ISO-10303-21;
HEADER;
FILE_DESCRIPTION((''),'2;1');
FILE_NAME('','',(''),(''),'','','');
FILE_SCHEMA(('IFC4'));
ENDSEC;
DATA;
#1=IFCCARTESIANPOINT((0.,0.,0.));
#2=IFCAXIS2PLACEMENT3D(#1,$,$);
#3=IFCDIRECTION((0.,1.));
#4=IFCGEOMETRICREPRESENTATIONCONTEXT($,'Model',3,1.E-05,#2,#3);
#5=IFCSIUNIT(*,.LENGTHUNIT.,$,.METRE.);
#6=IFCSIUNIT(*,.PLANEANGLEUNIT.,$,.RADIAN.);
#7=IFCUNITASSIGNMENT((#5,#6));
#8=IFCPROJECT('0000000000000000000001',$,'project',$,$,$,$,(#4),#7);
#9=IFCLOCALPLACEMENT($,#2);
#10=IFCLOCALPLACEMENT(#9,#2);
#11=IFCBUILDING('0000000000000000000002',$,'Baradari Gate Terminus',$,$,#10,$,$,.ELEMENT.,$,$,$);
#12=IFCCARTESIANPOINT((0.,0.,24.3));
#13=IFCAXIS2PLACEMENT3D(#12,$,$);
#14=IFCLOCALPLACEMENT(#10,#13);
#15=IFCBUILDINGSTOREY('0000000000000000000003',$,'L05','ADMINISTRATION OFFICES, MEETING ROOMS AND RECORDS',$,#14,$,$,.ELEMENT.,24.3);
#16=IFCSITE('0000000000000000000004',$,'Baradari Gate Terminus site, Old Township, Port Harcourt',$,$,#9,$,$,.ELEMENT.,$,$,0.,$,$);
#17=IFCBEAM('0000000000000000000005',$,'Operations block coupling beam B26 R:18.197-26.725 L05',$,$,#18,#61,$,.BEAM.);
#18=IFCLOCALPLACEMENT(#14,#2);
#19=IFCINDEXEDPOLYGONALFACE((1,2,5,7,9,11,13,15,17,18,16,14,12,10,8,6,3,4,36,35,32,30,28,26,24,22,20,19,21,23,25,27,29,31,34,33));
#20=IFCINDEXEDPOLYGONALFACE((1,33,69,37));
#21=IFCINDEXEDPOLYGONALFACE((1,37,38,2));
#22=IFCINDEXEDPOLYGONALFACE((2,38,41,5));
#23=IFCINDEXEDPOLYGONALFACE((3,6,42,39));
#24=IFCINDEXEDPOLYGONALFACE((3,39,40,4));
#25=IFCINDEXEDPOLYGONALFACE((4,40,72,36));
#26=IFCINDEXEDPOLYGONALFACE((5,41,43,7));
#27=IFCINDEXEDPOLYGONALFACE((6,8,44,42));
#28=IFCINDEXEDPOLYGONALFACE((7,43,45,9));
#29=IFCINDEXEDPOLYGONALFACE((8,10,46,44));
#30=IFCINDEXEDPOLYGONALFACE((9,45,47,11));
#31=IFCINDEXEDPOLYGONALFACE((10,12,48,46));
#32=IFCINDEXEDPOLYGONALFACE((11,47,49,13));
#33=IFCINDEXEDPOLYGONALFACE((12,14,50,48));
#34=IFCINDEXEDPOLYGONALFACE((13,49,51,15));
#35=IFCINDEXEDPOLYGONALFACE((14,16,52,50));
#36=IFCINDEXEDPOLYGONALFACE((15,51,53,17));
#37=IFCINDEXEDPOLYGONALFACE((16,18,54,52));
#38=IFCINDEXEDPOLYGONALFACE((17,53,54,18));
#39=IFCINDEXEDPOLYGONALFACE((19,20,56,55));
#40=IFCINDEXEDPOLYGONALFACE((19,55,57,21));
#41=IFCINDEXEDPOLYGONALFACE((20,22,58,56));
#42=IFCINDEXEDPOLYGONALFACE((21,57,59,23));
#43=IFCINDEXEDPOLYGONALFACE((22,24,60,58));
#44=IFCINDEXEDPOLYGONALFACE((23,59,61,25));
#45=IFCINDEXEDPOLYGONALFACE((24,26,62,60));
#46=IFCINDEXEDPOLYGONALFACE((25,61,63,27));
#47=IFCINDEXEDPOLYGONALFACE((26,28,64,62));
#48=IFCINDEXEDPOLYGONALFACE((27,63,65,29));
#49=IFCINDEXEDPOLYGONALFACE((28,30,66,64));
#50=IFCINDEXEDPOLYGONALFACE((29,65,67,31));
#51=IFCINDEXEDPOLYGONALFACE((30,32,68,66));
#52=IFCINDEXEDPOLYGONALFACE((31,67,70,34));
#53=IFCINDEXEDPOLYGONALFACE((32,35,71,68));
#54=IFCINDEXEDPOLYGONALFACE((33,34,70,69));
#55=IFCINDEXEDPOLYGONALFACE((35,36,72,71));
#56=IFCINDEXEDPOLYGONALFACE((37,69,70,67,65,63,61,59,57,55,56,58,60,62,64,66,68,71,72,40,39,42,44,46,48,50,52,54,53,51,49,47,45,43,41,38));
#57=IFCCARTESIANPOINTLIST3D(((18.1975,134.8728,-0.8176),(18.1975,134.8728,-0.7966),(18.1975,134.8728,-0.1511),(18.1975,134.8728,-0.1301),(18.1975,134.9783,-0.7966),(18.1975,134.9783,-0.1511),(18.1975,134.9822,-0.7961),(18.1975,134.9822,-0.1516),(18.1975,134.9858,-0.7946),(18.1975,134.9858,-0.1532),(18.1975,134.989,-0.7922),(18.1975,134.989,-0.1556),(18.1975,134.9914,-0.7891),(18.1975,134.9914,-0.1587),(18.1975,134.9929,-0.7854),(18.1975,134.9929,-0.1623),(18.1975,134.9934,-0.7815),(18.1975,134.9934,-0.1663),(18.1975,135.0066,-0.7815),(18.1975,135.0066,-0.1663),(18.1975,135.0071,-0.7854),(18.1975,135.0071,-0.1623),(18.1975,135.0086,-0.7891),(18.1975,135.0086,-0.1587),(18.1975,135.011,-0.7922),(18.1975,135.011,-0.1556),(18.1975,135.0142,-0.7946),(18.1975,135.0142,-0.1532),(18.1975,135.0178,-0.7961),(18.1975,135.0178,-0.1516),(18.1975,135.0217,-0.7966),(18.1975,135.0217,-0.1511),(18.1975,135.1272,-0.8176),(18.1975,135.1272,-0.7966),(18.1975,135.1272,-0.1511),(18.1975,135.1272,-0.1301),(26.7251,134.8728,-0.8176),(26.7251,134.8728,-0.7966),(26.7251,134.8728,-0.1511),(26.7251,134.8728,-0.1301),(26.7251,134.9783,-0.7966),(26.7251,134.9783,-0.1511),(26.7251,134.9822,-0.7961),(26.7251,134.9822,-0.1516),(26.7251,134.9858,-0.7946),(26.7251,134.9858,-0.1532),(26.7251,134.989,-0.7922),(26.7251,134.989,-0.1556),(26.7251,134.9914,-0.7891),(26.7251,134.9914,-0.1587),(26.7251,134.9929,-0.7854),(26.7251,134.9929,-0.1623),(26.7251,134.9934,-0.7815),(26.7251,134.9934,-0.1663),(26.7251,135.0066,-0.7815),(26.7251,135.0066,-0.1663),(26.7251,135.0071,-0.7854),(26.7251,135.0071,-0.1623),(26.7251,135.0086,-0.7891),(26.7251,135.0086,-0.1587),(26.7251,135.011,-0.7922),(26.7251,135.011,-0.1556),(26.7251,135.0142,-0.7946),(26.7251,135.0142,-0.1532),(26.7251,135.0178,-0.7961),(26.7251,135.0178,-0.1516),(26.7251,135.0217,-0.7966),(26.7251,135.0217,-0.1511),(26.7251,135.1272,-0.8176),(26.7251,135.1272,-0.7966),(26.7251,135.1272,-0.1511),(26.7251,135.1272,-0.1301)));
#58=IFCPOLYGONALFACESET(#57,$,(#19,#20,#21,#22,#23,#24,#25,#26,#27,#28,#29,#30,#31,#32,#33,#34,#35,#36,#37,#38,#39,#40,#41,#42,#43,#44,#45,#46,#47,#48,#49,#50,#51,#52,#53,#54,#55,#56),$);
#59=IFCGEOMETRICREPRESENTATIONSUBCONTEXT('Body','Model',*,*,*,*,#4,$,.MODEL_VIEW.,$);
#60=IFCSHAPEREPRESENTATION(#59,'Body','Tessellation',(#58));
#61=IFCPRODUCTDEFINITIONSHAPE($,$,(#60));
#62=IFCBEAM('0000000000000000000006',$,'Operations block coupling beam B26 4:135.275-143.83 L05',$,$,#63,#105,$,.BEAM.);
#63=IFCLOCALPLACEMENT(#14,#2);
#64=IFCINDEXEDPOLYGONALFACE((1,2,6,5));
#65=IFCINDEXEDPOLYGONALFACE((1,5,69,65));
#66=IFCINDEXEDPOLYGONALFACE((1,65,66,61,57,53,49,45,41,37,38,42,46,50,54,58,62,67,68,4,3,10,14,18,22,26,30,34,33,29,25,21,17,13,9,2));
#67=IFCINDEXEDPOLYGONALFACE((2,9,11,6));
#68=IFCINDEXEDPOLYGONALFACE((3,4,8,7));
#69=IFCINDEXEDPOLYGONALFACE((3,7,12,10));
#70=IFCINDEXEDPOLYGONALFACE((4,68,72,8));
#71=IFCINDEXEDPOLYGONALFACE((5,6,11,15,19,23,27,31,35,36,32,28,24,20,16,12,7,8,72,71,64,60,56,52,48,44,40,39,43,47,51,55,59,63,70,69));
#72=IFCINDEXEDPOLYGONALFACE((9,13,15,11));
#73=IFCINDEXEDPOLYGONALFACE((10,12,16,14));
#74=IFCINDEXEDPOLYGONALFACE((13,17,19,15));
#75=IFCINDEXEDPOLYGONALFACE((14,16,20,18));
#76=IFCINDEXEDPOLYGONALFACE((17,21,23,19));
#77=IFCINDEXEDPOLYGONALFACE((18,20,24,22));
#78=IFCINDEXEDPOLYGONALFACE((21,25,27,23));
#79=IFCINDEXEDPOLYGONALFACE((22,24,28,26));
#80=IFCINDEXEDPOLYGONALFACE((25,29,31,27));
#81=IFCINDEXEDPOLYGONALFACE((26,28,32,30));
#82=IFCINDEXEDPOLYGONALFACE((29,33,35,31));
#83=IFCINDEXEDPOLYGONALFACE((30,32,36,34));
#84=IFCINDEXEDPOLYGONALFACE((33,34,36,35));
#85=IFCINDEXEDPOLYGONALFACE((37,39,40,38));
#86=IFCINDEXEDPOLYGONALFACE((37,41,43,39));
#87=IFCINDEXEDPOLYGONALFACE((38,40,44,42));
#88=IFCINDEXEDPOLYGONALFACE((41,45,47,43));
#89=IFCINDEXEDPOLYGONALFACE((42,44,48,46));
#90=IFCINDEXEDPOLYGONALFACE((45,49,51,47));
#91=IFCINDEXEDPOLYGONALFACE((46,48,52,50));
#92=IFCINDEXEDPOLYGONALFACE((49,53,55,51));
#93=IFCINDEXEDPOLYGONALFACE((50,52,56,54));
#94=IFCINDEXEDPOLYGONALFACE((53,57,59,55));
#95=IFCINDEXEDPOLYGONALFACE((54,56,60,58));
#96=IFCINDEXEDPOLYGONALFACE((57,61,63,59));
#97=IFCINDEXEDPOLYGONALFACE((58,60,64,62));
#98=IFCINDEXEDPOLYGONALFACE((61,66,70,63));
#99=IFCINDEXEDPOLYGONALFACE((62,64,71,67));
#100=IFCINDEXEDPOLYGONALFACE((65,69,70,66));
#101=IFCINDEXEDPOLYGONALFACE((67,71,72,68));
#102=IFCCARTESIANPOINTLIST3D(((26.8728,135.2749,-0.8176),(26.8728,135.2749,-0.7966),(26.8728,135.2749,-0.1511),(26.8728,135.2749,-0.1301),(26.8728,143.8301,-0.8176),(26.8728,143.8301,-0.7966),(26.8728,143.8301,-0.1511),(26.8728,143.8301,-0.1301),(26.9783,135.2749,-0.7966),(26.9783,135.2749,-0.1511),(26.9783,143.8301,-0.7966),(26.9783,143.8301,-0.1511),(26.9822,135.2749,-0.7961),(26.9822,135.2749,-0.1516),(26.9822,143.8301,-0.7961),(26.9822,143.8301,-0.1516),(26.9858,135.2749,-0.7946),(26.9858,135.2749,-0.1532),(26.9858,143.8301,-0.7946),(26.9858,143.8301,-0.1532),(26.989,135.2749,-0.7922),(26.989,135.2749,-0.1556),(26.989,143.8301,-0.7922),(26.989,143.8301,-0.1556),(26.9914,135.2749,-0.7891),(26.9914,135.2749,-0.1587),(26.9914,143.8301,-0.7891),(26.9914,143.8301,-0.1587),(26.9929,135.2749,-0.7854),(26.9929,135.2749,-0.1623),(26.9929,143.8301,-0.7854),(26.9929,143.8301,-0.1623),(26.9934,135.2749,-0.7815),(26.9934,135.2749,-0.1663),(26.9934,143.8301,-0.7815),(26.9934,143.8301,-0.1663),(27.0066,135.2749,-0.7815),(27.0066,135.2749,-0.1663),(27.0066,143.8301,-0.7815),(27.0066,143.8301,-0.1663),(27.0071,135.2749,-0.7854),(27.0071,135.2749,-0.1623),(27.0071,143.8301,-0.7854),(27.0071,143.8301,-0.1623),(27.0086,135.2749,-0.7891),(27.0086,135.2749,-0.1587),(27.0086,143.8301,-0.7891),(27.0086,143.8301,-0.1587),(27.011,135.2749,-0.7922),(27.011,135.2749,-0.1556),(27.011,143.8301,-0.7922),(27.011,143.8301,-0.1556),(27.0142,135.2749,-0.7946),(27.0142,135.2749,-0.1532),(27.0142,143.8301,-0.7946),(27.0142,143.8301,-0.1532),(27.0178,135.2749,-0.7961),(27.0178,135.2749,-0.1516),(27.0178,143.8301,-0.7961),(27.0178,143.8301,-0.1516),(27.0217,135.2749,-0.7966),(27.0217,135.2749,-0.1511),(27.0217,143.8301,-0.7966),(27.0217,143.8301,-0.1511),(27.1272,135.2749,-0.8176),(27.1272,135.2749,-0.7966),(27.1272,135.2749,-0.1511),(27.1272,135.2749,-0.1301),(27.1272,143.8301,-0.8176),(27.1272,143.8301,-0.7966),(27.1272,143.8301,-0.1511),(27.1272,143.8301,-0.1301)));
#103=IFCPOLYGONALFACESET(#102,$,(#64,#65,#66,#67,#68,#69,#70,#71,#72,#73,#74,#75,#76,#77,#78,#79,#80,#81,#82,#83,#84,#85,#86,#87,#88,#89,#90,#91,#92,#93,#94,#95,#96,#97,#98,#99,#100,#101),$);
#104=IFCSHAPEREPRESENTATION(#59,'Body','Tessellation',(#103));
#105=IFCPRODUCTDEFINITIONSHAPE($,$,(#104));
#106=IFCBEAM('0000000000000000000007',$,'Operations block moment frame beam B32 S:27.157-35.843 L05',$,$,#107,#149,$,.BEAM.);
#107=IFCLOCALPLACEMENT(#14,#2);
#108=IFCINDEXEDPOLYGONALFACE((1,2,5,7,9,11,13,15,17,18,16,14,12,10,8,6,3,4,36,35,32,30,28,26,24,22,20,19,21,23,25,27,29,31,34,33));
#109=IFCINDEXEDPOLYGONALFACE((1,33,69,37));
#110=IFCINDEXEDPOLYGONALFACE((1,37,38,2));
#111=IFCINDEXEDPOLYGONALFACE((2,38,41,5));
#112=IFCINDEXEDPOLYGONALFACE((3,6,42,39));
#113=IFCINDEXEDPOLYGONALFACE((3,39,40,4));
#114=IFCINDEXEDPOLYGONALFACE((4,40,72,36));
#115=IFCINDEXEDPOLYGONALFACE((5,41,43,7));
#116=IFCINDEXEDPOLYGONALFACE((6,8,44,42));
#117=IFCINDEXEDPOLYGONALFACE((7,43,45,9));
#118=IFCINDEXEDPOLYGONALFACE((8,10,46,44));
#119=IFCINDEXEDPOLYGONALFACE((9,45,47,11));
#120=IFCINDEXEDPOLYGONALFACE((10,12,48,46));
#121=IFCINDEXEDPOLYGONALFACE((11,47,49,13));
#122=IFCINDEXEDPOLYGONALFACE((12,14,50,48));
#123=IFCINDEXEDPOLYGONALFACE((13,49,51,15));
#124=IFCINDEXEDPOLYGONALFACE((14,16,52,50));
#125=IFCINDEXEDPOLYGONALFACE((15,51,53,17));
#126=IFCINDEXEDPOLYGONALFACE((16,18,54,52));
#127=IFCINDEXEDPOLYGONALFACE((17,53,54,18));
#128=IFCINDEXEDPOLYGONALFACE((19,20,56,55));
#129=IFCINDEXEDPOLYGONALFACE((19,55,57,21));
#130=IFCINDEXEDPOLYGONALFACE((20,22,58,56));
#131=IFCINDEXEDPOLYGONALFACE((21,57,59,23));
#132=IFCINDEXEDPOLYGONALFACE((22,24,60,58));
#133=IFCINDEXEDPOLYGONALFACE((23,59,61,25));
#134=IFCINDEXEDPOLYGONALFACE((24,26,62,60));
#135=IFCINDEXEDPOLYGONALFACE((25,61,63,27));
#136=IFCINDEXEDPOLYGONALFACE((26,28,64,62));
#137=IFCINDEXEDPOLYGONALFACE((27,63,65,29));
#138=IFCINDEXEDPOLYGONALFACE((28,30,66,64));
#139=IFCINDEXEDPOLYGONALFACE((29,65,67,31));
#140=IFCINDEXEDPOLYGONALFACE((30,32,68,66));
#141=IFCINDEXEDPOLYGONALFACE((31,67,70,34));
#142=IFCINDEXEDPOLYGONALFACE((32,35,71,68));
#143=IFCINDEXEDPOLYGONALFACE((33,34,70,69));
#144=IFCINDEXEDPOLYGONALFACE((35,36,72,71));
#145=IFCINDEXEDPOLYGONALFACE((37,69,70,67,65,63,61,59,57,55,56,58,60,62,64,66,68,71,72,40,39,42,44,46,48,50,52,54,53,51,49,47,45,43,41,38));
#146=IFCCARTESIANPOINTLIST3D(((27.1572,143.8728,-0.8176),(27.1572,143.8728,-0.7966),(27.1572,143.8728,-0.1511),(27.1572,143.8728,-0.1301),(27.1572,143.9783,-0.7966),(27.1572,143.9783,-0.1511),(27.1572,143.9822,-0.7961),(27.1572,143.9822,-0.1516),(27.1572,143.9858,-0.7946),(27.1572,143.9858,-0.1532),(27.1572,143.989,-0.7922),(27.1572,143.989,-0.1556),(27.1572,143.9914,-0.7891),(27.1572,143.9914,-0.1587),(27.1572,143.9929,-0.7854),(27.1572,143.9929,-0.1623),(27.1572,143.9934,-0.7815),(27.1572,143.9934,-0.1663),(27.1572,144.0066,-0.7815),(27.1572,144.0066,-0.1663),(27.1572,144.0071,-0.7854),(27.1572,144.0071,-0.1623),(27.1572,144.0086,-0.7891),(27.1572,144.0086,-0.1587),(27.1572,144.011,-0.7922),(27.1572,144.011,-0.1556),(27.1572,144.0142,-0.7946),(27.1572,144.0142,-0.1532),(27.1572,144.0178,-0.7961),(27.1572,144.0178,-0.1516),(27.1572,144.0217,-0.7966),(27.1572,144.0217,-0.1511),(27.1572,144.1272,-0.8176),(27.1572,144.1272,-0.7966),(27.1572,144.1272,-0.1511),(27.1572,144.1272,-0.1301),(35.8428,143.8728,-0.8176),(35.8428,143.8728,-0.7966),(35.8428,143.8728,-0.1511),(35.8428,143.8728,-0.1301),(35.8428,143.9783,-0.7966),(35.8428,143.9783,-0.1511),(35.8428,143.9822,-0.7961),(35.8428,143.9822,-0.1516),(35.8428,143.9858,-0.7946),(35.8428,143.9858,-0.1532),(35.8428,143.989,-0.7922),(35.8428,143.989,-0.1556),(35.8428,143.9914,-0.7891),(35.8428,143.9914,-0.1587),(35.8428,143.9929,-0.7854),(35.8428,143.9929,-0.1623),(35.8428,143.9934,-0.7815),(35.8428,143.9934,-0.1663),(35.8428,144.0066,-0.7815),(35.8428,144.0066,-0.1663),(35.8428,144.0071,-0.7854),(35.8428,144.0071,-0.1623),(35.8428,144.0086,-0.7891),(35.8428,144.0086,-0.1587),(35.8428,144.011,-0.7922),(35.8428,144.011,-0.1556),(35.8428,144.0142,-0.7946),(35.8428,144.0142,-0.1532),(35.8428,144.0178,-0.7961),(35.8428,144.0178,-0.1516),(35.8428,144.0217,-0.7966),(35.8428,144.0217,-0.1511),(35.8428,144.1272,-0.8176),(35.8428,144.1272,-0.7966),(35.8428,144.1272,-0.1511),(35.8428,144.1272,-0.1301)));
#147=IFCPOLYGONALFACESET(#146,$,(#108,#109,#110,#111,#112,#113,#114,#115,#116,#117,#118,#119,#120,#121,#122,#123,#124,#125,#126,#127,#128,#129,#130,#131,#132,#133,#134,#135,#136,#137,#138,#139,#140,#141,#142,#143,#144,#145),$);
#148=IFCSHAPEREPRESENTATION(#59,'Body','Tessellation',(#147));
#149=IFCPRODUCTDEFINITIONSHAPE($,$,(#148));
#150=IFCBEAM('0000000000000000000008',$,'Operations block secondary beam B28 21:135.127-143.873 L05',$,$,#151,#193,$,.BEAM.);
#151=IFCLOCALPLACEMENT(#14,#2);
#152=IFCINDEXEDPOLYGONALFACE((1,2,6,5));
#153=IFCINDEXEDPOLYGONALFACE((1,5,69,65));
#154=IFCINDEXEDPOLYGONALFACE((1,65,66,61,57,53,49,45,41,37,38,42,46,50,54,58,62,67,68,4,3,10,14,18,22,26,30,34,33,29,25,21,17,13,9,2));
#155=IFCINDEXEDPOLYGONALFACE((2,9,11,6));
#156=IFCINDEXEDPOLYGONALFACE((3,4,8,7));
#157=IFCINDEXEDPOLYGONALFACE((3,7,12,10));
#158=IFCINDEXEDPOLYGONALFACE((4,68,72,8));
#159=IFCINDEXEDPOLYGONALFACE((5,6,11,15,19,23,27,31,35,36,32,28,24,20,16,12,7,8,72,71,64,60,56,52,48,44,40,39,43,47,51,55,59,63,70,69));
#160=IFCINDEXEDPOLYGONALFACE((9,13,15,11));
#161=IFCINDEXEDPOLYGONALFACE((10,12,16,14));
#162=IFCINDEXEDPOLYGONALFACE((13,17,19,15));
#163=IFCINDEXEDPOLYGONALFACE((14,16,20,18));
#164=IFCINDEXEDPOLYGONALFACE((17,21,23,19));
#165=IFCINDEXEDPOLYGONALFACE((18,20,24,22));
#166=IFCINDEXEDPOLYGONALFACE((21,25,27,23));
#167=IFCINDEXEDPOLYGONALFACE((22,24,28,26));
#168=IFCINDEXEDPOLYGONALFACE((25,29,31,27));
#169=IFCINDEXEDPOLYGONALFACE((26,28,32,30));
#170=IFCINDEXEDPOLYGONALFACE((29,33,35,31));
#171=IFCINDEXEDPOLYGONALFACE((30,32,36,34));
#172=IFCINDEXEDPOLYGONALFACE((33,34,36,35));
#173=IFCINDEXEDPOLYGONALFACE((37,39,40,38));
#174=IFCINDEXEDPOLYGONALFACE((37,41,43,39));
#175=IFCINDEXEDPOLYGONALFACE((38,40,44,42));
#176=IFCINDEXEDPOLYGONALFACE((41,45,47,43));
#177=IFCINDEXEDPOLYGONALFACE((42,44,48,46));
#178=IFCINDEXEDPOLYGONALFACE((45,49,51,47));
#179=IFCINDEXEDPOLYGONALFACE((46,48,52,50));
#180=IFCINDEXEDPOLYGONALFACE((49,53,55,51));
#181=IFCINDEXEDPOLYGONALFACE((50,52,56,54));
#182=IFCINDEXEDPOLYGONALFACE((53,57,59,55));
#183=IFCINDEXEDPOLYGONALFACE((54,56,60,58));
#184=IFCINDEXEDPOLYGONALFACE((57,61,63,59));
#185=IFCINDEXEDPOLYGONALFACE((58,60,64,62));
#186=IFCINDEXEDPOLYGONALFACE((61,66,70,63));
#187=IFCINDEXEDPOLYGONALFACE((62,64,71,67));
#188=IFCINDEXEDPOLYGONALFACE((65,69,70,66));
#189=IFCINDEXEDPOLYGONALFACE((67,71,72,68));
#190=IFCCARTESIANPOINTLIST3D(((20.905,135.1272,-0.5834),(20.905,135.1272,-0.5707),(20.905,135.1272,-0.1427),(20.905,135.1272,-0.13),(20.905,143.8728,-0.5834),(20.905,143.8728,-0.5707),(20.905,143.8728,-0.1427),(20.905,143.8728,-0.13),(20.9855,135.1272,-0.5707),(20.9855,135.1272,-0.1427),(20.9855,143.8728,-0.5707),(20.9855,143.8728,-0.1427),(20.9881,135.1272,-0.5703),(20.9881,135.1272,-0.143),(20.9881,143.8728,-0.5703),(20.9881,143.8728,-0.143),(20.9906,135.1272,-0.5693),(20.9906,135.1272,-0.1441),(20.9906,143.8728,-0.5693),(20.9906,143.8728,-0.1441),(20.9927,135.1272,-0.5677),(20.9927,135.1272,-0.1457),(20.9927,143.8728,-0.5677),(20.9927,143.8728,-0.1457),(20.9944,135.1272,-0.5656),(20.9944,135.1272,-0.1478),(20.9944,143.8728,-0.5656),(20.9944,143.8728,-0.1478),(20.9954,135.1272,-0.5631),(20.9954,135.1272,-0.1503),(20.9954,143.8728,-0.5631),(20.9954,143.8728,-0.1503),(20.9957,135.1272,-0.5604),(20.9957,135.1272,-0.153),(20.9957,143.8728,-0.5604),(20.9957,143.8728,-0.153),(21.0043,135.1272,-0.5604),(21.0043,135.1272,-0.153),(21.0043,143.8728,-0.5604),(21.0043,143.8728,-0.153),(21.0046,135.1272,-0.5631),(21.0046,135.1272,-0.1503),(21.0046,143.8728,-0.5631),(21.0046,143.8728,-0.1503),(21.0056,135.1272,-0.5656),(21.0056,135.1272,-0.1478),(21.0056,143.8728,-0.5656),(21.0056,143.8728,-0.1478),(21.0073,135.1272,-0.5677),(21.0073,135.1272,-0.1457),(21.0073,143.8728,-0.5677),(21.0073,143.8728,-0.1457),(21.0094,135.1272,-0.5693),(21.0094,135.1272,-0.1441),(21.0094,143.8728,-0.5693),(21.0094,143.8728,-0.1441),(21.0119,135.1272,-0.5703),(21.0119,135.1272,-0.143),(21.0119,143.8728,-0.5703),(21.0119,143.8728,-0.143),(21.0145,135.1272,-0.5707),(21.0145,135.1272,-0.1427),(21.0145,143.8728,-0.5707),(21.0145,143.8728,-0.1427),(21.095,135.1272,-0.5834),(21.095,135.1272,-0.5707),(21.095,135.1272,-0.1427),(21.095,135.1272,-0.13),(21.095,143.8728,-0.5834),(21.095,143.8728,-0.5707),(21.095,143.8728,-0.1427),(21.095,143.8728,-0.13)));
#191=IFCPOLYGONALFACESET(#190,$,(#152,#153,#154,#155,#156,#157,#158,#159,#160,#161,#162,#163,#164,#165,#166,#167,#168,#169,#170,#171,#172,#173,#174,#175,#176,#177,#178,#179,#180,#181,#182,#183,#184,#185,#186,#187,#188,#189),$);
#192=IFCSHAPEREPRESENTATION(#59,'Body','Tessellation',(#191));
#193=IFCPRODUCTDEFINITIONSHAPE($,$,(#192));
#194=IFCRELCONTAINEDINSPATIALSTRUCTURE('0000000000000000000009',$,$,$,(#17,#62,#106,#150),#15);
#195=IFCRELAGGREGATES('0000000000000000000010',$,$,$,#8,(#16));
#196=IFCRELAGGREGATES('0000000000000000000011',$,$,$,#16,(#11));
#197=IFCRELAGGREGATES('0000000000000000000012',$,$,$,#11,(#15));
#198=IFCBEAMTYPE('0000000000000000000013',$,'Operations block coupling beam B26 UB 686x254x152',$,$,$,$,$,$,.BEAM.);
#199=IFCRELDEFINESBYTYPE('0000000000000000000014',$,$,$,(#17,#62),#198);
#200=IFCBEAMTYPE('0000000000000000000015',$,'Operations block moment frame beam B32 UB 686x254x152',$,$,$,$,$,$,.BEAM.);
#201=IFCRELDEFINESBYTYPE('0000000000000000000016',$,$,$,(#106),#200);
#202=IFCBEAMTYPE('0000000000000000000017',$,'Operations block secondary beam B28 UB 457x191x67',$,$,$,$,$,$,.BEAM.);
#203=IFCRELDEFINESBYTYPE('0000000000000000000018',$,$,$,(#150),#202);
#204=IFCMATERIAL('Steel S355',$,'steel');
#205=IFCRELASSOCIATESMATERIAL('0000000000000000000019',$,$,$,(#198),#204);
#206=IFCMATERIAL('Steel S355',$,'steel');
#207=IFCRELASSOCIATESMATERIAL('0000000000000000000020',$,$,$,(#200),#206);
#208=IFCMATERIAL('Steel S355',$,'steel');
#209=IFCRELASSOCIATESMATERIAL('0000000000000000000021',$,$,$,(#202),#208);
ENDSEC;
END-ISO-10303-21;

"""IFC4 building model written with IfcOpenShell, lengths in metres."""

from ifc_helpers import new_model, si_unit, direction, frame, origin, origin_2d, place, context, subcontext, project, spatial, i_section, extrude, material, material_profile, profile_set, type_object, element, save


model = new_model("IFC4")

# Units and contexts
model_context = context("Model", 3, precision=1e-05, world=origin(), true_north=direction((0.0, 1.0)))
body_context = subcontext(model_context, "Body", "Model", "MODEL_VIEW")
ifc_project = project(units=[si_unit("LENGTHUNIT", "METRE"), si_unit("PLANEANGLEUNIT", "RADIAN")], contexts=[model_context])

# Site, building, storey
site_placement = place(None, origin())
site = spatial("IfcSite", under=ifc_project, at=site_placement, Name="Baradari Gate Terminus site, Old Township, Port Harcourt", CompositionType="ELEMENT", RefElevation=0.0)
building_placement = place(site_placement, origin())
building = spatial("IfcBuilding", under=site, at=building_placement, Name="Baradari Gate Terminus", CompositionType="ELEMENT")
storey_placement = place(building_placement, frame((0.0, 0.0, 24.3)))
storey = spatial("IfcBuildingStorey", under=building, at=storey_placement, Name="L05", Description="ADMINISTRATION OFFICES, MEETING ROOMS AND RECORDS", CompositionType="ELEMENT", Elevation=24.3)

# Beams
ifc_material_1 = material(Name="Steel S355", Category="steel")
ifc_material_profile_1 = material_profile(ifc_material_1, i_section(OverallWidth=0.2544, OverallDepth=0.6875, WebThickness=0.0132, FlangeThickness=0.021, FilletRadius=0.0151, at=origin_2d()), Name="UB 686x254x152")
ifc_profile_set_1 = profile_set([ifc_material_profile_1], Name="Steel S355")
beam_type_1 = type_object("IfcBeamType", Name="Operations block coupling beam B26 UB 686x254x152", PredefinedType="BEAM", material=ifc_profile_set_1)
beam_1_placement = place(storey_placement, frame((18.1975, 135.0, -0.4739), z_axis=(1.0, 0.0, 0.0), x_axis=(0.0, 1.0, 0.0)))
element("IfcBeam", 1, at=beam_1_placement, inside=storey, type_object=beam_type_1, Name="Operations block coupling beam B26 R:18.197-26.725 L05", PredefinedType="BEAM", context=body_context, shape_type="SweptSolid", body=[
    extrude(i_section(OverallWidth=0.2544, OverallDepth=0.6875, WebThickness=0.0132, FlangeThickness=0.021, FilletRadius=0.0151, at=origin_2d()), origin(), (0.0, 0.0, 1.0), 8.5276),
])
beam_2_placement = place(storey_placement, frame((27.0, 135.2749, -0.4739), z_axis=(0.0, 1.0, 0.0), x_axis=(-1.0, 0.0, 0.0)))
element("IfcBeam", 2, at=beam_2_placement, inside=storey, type_object=beam_type_1, Name="Operations block coupling beam B26 4:135.275-143.83 L05", PredefinedType="BEAM", context=body_context, shape_type="SweptSolid", body=[
    extrude(i_section(OverallWidth=0.2544, OverallDepth=0.6875, WebThickness=0.0132, FlangeThickness=0.021, FilletRadius=0.0151, at=origin_2d()), origin(), (0.0, 0.0, 1.0), 8.5552),
])
ifc_material_2 = material(Name="Steel S355", Category="steel")
ifc_material_profile_2 = material_profile(ifc_material_2, i_section(OverallWidth=0.2544, OverallDepth=0.6875, WebThickness=0.0132, FlangeThickness=0.021, FilletRadius=0.0151, at=origin_2d()), Name="UB 686x254x152")
ifc_profile_set_2 = profile_set([ifc_material_profile_2], Name="Steel S355")
beam_type_2 = type_object("IfcBeamType", Name="Operations block moment frame beam B32 UB 686x254x152", PredefinedType="BEAM", material=ifc_profile_set_2)
beam_3_placement = place(storey_placement, frame((27.1572, 144.0, -0.4739), z_axis=(1.0, 0.0, 0.0), x_axis=(0.0, 1.0, 0.0)))
element("IfcBeam", 3, at=beam_3_placement, inside=storey, type_object=beam_type_2, Name="Operations block moment frame beam B32 S:27.157-35.843 L05", PredefinedType="BEAM", context=body_context, shape_type="SweptSolid", body=[
    extrude(i_section(OverallWidth=0.2544, OverallDepth=0.6875, WebThickness=0.0132, FlangeThickness=0.021, FilletRadius=0.0151, at=origin_2d()), origin(), (0.0, 0.0, 1.0), 8.6855),
])
ifc_material_3 = material(Name="Steel S355", Category="steel")
ifc_material_profile_3 = material_profile(ifc_material_3, i_section(OverallWidth=0.1899, OverallDepth=0.4534, WebThickness=0.0085, FlangeThickness=0.0127, FilletRadius=0.0103, at=origin_2d()), Name="UB 457x191x67")
ifc_profile_set_3 = profile_set([ifc_material_profile_3], Name="Steel S355")
beam_type_3 = type_object("IfcBeamType", Name="Operations block secondary beam B28 UB 457x191x67", PredefinedType="BEAM", material=ifc_profile_set_3)
for number, where, z_axis, x_axis, name in (
    (4, (21.0, 135.1272, -0.3567), (0.0, 1.0, 0.0), (-1.0, 0.0, 0.0), "Operations block secondary beam B28 21:135.127-143.873 L05"),
):
    element("IfcBeam", number, at=place(storey_placement, frame(where, z_axis=z_axis, x_axis=x_axis)), inside=storey, type_object=beam_type_3, Name=name, PredefinedType="BEAM", context=body_context, shape_type="SweptSolid", body=[
        extrude(i_section(OverallWidth=0.1899, OverallDepth=0.4534, WebThickness=0.0085, FlangeThickness=0.0127, FilletRadius=0.0103, at=origin_2d()), origin(), (0.0, 0.0, 1.0), 8.7456),
    ])

save(model, "model.ifc")
